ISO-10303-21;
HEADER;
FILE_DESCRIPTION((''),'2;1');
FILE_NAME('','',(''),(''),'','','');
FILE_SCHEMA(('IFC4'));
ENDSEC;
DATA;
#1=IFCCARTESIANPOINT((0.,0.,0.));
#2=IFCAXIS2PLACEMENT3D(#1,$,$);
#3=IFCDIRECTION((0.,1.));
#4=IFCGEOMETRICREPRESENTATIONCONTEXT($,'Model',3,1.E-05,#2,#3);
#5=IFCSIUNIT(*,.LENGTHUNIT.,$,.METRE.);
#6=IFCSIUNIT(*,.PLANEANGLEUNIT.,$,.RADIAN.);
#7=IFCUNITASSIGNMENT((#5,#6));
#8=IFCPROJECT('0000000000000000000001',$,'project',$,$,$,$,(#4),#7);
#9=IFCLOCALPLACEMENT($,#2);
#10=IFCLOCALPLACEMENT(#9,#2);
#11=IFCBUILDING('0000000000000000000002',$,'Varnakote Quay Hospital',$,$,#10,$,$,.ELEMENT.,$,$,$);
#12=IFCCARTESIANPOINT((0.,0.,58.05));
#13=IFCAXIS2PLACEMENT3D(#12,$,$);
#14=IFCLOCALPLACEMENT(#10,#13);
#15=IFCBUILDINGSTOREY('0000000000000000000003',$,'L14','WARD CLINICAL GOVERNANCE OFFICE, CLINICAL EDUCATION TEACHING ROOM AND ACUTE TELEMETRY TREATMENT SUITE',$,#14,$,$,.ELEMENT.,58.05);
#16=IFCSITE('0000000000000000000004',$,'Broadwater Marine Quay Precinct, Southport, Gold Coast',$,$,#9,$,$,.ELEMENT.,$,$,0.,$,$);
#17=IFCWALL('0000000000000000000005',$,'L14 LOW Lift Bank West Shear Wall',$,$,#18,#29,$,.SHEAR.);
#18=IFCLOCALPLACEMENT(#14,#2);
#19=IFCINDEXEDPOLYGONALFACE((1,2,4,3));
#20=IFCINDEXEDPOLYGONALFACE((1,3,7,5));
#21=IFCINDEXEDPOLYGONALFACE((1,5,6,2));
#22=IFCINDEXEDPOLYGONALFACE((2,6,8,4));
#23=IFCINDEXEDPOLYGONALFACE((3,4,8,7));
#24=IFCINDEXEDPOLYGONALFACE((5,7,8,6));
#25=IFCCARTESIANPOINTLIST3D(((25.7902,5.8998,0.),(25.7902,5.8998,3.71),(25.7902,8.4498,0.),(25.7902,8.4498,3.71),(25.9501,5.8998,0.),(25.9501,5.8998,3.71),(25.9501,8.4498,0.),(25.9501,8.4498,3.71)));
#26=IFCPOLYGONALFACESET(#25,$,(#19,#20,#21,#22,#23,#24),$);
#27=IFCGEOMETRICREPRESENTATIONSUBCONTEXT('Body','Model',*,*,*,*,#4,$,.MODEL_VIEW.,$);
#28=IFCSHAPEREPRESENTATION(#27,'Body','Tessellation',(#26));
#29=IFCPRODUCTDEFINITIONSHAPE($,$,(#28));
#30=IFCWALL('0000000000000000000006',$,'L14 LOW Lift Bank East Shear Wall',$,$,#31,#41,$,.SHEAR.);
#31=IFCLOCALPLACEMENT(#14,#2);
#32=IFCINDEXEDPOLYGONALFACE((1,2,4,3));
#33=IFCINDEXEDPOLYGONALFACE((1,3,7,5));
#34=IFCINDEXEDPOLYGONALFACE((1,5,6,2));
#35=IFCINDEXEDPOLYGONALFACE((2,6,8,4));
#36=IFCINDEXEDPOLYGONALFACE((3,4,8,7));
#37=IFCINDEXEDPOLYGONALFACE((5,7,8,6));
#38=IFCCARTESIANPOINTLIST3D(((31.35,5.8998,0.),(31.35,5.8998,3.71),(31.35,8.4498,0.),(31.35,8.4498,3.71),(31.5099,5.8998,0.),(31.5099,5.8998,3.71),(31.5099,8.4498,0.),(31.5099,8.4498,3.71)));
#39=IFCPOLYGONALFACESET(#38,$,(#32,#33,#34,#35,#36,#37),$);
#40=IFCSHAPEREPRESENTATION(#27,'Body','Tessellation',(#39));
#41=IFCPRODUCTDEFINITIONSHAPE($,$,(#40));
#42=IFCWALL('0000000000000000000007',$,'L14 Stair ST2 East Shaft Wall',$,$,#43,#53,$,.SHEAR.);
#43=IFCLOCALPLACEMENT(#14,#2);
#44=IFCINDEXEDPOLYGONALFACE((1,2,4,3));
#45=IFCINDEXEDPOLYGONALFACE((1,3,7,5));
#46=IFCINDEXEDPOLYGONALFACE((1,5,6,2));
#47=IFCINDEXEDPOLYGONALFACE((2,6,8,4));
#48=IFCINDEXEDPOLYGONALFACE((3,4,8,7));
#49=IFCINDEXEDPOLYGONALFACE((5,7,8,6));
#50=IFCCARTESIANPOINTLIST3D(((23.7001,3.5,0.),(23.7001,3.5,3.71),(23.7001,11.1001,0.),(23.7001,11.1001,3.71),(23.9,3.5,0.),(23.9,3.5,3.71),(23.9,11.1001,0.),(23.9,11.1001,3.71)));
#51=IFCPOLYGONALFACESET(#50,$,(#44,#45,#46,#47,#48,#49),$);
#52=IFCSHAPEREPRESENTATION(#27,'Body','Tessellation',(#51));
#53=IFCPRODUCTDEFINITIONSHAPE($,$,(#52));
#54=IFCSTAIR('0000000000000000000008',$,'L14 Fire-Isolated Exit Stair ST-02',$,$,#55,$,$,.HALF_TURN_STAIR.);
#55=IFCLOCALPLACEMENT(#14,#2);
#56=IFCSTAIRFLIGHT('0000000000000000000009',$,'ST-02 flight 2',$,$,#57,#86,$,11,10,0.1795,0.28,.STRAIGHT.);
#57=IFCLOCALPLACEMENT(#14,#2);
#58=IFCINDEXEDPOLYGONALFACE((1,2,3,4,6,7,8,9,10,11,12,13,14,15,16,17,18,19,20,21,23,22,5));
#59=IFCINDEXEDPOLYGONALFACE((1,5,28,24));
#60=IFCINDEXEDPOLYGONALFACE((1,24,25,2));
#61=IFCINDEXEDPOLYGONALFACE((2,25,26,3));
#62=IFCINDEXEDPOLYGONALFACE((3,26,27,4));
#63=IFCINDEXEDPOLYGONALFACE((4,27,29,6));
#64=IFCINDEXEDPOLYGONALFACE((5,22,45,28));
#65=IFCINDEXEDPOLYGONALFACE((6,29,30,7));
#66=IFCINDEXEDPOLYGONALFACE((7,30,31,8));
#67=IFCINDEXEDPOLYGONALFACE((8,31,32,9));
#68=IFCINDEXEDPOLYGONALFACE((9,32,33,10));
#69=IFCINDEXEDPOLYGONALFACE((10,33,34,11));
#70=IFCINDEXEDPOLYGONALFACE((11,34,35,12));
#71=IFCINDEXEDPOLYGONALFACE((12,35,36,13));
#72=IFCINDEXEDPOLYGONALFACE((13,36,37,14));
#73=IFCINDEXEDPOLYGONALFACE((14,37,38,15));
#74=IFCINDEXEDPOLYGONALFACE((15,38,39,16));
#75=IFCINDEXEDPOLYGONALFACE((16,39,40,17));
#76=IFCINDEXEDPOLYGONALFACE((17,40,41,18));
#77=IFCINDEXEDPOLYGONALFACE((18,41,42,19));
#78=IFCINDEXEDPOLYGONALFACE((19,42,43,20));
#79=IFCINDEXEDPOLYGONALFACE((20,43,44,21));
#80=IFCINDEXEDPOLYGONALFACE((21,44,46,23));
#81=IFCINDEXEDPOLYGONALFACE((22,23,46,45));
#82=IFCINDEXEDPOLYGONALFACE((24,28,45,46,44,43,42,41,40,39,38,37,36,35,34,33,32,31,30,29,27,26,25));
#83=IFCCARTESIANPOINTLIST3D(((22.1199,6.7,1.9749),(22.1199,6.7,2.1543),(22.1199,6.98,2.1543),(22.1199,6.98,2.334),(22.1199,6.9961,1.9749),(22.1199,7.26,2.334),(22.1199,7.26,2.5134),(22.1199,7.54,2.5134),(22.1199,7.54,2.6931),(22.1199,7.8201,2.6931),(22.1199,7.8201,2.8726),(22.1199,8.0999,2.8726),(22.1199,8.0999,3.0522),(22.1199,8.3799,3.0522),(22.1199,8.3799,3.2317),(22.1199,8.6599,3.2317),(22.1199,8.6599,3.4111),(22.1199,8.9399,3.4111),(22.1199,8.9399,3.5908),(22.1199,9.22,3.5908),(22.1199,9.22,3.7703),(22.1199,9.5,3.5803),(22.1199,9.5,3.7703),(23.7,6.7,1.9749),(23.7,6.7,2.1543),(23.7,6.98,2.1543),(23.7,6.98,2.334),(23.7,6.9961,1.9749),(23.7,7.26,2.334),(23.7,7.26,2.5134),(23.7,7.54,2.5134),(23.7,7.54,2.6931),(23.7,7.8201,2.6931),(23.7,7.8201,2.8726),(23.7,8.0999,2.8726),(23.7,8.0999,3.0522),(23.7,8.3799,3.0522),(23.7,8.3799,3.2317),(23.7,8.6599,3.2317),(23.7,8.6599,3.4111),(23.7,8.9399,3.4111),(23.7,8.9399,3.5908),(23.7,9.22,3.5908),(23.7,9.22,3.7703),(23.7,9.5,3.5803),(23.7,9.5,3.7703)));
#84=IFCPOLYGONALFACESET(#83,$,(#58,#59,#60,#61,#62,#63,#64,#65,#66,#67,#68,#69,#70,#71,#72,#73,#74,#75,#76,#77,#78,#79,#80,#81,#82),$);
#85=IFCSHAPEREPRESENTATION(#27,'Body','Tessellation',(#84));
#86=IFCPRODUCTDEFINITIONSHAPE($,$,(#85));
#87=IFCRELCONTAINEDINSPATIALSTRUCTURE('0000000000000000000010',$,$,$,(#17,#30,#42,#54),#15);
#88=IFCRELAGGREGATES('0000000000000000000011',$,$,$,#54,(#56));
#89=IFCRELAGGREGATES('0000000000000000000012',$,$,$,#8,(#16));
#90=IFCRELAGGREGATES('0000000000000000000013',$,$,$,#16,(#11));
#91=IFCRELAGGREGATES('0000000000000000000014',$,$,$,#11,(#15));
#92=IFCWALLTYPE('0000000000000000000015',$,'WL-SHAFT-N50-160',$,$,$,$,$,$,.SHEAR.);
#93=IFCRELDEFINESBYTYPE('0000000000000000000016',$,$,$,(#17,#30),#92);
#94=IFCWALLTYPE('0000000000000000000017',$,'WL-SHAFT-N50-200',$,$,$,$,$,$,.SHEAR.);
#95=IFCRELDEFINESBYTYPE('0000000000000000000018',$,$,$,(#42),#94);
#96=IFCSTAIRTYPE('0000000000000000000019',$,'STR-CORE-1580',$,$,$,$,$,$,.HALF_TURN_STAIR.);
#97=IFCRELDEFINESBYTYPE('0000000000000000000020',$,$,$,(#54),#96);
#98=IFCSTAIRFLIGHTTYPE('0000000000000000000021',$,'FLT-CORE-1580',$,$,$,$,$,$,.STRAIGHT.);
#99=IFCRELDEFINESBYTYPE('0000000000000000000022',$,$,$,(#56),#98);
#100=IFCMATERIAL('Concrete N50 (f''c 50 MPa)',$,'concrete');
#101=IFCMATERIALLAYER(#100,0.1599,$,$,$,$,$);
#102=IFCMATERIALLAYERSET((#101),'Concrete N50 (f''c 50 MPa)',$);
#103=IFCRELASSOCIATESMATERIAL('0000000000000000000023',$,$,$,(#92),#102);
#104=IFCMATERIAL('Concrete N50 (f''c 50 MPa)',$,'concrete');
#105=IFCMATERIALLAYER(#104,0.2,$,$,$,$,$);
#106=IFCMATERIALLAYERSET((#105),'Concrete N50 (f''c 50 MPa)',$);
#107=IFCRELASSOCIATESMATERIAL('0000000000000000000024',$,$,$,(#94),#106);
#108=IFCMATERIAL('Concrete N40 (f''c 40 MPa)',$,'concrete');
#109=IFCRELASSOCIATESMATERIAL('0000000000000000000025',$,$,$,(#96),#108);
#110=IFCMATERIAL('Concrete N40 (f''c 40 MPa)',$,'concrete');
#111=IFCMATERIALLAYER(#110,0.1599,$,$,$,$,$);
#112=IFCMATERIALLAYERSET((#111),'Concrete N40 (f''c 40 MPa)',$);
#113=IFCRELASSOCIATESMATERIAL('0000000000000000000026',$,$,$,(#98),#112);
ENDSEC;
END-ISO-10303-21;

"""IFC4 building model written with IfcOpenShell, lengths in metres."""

from ifc_helpers import new_model, si_unit, direction, frame, frame_2d, origin, place, context, subcontext, project, spatial, polyline, rectangle, outline, extrude, material, layer, layer_set, type_object, element, aggregate, save


model = new_model("IFC4")

# Units and contexts
model_context = context("Model", 3, precision=1e-05, world=origin(), true_north=direction((0.0, 1.0)))
body_context = subcontext(model_context, "Body", "Model", "MODEL_VIEW")
ifc_project = project(units=[si_unit("LENGTHUNIT", "METRE"), si_unit("PLANEANGLEUNIT", "RADIAN")], contexts=[model_context])

# Site, building, storey
site_placement = place(None, origin())
site = spatial("IfcSite", under=ifc_project, at=site_placement, Name="Broadwater Marine Quay Precinct, Southport, Gold Coast", CompositionType="ELEMENT", RefElevation=0.0)
building_placement = place(site_placement, origin())
building = spatial("IfcBuilding", under=site, at=building_placement, Name="Varnakote Quay Hospital", CompositionType="ELEMENT")
storey_placement = place(building_placement, frame((0.0, 0.0, 58.05)))
storey = spatial("IfcBuildingStorey", under=building, at=storey_placement, Name="L14", Description="WARD CLINICAL GOVERNANCE OFFICE, CLINICAL EDUCATION TEACHING ROOM AND ACUTE TELEMETRY TREATMENT SUITE", CompositionType="ELEMENT", Elevation=58.05)

# Walls
ifc_material_1 = material(Name="Concrete N50 (f'c 50 MPa)", Category="concrete")
ifc_layer_1 = layer(ifc_material_1, 0.1599)
ifc_layer_set_1 = layer_set([ifc_layer_1], Name="Concrete N50 (f'c 50 MPa)")
wall_type_1 = type_object("IfcWallType", Name="WL-SHAFT-N50-160", PredefinedType="SHEAR", material=ifc_layer_set_1)
for number, where, z_axis, x_axis, name in (
    (1, (25.8701, 5.8999, 0.0), (0.0, 0.0, 1.0), (0.0, 1.0, 0.0), "L14 LOW Lift Bank West Shear Wall"),
    (2, (31.4299, 5.8999, 0.0), (0.0, 0.0, 1.0), (0.0, 1.0, 0.0), "L14 LOW Lift Bank East Shear Wall"),
):
    element("IfcWall", number, at=place(storey_placement, frame(where, z_axis=z_axis, x_axis=x_axis)), inside=storey, type_object=wall_type_1, Name=name, PredefinedType="SHEAR", context=body_context, shape_type="SweptSolid", body=[
        extrude(rectangle(XDim=2.55, YDim=0.1599, at=frame_2d((1.2749, 0.0))), origin(), (0.0, 0.0, 1.0), 3.71),
    ])

# Wall
ifc_material_2 = material(Name="Concrete N50 (f'c 50 MPa)", Category="concrete")
ifc_layer_2 = layer(ifc_material_2, 0.2)
ifc_layer_set_2 = layer_set([ifc_layer_2], Name="Concrete N50 (f'c 50 MPa)")
wall_type_2 = type_object("IfcWallType", Name="WL-SHAFT-N50-200", PredefinedType="SHEAR", material=ifc_layer_set_2)
wall_1_placement = place(storey_placement, frame((23.8, 3.5, 0.0), z_axis=(0.0, 0.0, 1.0), x_axis=(0.0, 1.0, 0.0)))
element("IfcWall", 3, at=wall_1_placement, inside=storey, type_object=wall_type_2, Name="L14 Stair ST2 East Shaft Wall", PredefinedType="SHEAR", context=body_context, shape_type="SweptSolid", body=[
    extrude(rectangle(XDim=7.6001, YDim=0.2, at=frame_2d((3.8, 0.0))), origin(), (0.0, 0.0, 1.0), 3.71),
])

# Stair, stair flight
ifc_material_3 = material(Name="Concrete N40 (f'c 40 MPa)", Category="concrete")
stair_type = type_object("IfcStairType", Name="STR-CORE-1580", PredefinedType="HALF_TURN_STAIR", material=ifc_material_3)
stair_placement = place(storey_placement, origin())
stair = element("IfcStair", 4, at=stair_placement, inside=storey, type_object=stair_type, Name="L14 Fire-Isolated Exit Stair ST-02", PredefinedType="HALF_TURN_STAIR")
ifc_material_4 = material(Name="Concrete N40 (f'c 40 MPa)", Category="concrete")
ifc_layer_3 = layer(ifc_material_4, 0.1599)
ifc_layer_set_3 = layer_set([ifc_layer_3], Name="Concrete N40 (f'c 40 MPa)")
stair_flight_type = type_object("IfcStairFlightType", Name="FLT-CORE-1580", PredefinedType="STRAIGHT", material=ifc_layer_set_3)
stair_flight_placement = place(storey_placement, frame((22.9099, 6.7, 1.9749), z_axis=(0.0, 0.0, 1.0), x_axis=(0.0, 1.0, 0.0)))
stair_flight = element("IfcStairFlight", 5, at=stair_flight_placement, type_object=stair_flight_type, Name="ST-02 flight 2", NumberOfRisers=11, NumberOfTreads=10, PredefinedType="STRAIGHT", RiserHeight=0.1795, TreadLength=0.28, context=body_context, shape_type="SweptSolid", body=[
    extrude(outline(polyline([(0.0, 0.0), (0.0, 0.1794), (0.28, 0.1794), (0.28, 0.3591), (0.5601, 0.3591), (0.5601, 0.5386), (0.8401, 0.5386), (0.8401, 0.7183), (1.1201, 0.7183), (1.1201, 0.8977), (1.3999, 0.8977), (1.3999, 1.0774), (1.6799, 1.0774), (1.6799, 1.2568), (1.96, 1.2568), (1.96, 1.4363), (2.24, 1.4363), (2.24, 1.616), (2.52, 1.616), (2.52, 1.7954), (2.8, 1.7954), (2.8, 1.9751), (2.8, 1.6055), (0.2961, 0.0), (0.0, 0.0)])), frame((0.0, 0.79, 0.0), z_axis=(0.0, -1.0, 0.0), x_axis=(1.0, 0.0, 0.0)), (0.0, 0.0, 1.0), 1.5801),
])
aggregate(stair, [stair_flight])

save(model, "model.ifc")
